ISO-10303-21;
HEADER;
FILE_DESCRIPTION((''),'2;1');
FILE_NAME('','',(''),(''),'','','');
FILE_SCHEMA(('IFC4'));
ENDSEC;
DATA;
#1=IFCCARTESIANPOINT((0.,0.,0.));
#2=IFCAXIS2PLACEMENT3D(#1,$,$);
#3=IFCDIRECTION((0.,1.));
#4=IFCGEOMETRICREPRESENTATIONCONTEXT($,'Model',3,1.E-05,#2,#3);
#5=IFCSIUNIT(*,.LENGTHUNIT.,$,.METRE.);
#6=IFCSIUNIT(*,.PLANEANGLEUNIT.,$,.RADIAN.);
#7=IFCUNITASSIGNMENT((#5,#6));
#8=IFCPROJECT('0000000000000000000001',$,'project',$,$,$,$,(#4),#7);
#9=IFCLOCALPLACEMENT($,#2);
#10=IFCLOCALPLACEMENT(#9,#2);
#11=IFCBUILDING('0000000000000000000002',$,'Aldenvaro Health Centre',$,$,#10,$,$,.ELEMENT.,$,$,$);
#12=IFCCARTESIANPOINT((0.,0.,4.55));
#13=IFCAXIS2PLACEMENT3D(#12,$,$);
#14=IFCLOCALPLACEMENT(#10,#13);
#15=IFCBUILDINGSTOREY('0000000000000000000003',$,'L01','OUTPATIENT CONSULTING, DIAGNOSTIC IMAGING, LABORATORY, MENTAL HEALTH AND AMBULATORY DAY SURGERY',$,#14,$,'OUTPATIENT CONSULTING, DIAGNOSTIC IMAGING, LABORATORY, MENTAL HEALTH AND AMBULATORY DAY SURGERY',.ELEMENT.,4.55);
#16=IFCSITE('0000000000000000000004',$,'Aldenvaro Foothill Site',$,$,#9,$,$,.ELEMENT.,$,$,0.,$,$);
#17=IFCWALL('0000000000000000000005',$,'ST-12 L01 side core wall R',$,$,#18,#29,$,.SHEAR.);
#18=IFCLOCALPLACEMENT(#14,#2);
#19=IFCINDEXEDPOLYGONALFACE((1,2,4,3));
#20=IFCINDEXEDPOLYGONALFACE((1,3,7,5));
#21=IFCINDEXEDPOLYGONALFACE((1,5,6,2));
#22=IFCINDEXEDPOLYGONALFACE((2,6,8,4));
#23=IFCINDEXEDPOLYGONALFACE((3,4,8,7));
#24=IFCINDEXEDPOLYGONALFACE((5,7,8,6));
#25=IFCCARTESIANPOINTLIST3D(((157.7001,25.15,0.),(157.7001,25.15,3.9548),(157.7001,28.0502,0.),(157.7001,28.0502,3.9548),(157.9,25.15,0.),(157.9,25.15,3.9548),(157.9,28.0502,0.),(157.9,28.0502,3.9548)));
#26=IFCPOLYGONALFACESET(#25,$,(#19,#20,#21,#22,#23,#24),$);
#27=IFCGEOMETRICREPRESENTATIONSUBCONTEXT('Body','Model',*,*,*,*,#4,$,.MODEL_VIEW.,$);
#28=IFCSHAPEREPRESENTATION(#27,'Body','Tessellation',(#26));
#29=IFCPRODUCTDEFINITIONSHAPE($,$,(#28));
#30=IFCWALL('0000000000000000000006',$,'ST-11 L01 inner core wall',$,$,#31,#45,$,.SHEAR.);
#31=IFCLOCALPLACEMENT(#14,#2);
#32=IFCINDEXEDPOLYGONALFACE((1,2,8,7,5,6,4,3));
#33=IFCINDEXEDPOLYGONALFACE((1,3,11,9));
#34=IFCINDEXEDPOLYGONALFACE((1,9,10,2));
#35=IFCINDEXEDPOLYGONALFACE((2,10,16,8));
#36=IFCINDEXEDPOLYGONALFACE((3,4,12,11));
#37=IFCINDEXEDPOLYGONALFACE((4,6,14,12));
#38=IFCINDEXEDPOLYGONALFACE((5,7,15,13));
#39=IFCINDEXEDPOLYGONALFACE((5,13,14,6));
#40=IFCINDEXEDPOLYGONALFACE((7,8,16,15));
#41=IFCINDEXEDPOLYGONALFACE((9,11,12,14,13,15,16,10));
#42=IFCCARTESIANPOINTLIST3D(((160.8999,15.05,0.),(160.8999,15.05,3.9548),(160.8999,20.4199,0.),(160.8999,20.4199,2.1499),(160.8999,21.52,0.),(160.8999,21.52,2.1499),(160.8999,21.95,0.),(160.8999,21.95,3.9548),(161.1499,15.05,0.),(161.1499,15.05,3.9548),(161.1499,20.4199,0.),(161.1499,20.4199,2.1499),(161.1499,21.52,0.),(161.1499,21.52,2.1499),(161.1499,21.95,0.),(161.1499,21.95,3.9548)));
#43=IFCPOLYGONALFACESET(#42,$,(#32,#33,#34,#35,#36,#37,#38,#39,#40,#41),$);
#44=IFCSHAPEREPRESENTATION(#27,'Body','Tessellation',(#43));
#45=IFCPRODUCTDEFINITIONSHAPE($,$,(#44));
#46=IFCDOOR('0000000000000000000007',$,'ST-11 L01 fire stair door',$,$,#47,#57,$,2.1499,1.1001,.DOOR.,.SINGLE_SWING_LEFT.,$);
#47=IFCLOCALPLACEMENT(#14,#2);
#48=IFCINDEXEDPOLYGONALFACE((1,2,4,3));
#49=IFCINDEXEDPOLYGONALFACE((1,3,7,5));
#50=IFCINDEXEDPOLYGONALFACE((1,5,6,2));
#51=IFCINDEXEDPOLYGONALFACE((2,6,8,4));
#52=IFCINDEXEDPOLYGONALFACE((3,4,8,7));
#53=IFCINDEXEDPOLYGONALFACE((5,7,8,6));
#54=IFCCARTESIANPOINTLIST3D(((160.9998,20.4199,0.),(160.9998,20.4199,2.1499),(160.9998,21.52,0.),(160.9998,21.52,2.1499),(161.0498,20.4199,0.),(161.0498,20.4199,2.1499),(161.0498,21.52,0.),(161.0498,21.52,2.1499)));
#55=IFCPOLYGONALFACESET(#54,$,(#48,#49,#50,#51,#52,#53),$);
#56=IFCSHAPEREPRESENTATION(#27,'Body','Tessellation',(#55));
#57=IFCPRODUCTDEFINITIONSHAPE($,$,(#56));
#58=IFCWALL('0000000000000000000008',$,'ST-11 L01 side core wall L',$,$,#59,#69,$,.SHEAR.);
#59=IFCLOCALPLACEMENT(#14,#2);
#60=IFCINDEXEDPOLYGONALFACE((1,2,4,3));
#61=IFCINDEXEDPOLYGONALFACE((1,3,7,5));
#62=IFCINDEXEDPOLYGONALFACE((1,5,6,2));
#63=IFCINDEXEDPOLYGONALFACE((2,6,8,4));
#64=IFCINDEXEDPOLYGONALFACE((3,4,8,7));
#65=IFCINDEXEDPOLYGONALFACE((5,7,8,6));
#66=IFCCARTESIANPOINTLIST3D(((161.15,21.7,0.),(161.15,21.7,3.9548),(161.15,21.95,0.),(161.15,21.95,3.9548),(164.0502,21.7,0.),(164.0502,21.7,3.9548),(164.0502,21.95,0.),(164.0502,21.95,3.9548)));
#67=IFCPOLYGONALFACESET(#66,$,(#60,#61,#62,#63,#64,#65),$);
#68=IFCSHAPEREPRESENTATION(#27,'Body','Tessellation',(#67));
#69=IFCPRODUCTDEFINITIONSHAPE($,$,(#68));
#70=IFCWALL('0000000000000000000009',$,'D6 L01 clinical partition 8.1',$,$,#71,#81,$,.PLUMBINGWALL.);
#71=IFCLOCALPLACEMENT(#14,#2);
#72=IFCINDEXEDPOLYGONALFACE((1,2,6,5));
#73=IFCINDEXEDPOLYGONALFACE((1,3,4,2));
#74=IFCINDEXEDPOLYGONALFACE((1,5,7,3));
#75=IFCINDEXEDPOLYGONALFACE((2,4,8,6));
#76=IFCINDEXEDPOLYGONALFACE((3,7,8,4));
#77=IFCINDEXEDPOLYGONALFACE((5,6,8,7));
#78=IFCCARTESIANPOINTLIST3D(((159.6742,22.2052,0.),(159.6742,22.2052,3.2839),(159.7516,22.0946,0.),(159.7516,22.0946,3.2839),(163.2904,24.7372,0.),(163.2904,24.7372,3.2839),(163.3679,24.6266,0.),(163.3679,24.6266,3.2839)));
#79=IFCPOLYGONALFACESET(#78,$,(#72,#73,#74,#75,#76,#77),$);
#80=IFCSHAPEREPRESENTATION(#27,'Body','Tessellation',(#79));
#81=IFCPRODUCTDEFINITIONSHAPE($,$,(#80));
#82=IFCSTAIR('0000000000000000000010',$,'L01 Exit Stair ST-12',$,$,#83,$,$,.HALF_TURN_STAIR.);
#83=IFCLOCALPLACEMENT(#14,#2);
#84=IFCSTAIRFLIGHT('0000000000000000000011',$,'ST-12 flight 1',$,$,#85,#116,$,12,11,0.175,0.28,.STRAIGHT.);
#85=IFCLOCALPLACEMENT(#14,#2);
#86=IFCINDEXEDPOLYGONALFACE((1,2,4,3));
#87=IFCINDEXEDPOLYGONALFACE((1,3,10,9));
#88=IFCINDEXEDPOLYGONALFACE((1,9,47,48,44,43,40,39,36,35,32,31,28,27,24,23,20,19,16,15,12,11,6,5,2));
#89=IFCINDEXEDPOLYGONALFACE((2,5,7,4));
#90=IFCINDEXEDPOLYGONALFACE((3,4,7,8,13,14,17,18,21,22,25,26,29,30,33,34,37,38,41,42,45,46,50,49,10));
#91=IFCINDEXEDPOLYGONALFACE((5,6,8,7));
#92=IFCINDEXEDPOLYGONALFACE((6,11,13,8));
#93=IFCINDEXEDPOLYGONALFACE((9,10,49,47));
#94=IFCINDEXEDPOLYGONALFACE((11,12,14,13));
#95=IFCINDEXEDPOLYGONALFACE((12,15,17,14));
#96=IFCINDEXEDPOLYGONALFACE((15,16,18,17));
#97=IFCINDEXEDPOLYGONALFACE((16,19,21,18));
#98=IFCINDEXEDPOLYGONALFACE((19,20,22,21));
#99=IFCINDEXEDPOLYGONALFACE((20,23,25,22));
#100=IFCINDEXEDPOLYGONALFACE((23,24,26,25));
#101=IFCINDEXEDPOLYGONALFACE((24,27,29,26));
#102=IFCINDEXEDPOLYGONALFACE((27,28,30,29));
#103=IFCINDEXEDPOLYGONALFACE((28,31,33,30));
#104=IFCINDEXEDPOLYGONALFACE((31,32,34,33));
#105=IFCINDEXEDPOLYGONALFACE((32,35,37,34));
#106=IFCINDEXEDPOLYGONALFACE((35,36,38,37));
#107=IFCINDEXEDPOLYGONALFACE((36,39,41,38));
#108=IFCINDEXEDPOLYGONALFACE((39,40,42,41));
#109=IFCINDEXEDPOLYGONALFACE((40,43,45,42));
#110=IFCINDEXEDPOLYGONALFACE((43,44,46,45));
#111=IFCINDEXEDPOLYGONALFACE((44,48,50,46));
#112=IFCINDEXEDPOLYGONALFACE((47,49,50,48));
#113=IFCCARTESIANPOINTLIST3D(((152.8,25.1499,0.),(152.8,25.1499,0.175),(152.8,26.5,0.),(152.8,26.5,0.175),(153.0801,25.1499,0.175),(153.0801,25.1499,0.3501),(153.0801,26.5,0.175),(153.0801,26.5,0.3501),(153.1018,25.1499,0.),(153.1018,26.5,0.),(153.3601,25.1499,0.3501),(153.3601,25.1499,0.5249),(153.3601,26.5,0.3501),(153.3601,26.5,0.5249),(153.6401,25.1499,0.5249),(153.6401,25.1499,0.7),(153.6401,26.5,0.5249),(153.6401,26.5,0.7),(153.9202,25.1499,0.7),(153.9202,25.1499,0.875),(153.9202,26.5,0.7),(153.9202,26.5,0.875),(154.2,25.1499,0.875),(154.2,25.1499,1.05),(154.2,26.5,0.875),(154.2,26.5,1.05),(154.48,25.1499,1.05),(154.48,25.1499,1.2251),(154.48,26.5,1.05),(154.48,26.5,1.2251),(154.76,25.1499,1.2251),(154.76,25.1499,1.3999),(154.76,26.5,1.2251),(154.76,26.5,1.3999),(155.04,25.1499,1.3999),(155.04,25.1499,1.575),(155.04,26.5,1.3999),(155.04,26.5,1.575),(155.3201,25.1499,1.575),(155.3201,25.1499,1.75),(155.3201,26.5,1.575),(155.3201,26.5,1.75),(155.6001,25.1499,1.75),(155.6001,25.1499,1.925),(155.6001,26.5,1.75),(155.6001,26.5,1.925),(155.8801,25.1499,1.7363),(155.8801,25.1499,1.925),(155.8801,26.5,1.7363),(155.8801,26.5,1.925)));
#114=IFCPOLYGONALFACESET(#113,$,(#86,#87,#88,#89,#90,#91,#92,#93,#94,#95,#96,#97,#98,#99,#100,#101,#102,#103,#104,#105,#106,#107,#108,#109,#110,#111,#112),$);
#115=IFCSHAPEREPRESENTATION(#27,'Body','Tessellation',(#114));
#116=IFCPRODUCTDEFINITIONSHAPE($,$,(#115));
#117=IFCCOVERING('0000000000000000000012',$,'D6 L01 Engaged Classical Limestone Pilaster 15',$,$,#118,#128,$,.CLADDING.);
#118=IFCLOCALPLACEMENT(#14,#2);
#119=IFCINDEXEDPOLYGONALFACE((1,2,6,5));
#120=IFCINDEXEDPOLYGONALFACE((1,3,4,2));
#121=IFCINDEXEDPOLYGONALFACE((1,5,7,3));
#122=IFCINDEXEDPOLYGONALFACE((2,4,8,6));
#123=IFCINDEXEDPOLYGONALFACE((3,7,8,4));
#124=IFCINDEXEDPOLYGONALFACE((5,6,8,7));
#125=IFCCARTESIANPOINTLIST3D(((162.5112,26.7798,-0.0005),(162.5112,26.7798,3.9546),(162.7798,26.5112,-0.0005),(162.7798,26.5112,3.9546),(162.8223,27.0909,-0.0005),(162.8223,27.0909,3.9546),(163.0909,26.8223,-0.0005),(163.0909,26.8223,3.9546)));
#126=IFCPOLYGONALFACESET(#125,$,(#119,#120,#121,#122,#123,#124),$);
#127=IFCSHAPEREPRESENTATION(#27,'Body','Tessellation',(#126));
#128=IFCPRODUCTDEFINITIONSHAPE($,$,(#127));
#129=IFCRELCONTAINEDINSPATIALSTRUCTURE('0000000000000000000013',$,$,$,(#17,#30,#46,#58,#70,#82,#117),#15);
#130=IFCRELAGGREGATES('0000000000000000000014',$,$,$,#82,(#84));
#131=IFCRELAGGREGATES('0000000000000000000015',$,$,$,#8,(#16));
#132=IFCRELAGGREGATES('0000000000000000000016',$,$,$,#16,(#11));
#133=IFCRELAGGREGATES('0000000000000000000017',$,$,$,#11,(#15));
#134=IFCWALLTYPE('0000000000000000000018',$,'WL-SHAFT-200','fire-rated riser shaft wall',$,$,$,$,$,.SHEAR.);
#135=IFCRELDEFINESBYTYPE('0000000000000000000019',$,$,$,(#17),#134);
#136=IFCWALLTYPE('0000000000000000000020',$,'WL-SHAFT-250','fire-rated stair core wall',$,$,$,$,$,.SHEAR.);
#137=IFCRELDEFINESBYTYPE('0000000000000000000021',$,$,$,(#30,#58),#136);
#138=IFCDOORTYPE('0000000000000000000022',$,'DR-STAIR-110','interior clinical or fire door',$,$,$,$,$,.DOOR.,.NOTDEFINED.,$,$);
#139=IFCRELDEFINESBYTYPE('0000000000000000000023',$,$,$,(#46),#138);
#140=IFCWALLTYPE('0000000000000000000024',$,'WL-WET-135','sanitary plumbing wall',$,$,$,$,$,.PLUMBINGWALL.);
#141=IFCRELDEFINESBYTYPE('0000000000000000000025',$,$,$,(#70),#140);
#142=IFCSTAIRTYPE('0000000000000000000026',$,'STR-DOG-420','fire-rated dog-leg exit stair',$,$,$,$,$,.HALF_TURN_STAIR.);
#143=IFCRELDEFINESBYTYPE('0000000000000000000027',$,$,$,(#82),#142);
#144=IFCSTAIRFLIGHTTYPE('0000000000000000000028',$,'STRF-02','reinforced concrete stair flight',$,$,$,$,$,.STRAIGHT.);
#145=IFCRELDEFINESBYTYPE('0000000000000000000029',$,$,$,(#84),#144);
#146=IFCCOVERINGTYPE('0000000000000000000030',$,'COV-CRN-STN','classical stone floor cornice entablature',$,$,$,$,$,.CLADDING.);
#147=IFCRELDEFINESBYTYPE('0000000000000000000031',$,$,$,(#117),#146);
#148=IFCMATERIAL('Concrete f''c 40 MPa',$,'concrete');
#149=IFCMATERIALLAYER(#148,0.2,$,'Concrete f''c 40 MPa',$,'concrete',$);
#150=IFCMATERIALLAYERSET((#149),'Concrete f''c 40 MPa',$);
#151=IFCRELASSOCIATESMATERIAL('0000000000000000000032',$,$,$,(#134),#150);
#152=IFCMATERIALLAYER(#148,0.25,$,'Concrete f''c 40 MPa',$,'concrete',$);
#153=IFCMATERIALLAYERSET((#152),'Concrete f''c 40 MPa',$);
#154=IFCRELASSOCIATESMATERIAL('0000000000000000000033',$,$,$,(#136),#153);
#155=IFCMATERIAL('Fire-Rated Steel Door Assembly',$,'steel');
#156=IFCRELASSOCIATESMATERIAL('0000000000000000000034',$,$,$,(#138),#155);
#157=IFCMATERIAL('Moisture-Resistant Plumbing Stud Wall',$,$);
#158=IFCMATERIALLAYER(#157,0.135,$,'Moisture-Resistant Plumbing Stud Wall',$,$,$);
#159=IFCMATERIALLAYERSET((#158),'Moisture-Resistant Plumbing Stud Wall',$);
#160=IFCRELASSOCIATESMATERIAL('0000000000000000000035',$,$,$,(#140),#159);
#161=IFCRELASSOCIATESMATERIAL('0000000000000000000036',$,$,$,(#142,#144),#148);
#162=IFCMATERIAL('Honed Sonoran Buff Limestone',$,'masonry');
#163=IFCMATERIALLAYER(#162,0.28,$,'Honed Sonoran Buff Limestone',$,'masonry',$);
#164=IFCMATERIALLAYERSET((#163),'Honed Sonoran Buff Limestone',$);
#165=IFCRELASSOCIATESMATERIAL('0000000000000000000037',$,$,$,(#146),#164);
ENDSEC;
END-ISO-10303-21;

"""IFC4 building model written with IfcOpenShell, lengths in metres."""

from ifc_helpers import new_model, si_unit, direction, frame, frame_2d, origin, origin_2d, place, context, subcontext, project, spatial, polyline, rectangle, outline, extrude, material, layer, layer_set, type_object, element, fill, aggregate, save


model = new_model("IFC4")

# Units and contexts
model_context = context("Model", 3, precision=1e-05, world=origin(), true_north=direction((0.0, 1.0)))
body_context = subcontext(model_context, "Body", "Model", "MODEL_VIEW")
ifc_project = project(units=[si_unit("LENGTHUNIT", "METRE"), si_unit("PLANEANGLEUNIT", "RADIAN")], contexts=[model_context])

# Site, building, storey
site_placement = place(None, origin())
site = spatial("IfcSite", under=ifc_project, at=site_placement, Name="Aldenvaro Foothill Site", CompositionType="ELEMENT", RefElevation=0.0)
building_placement = place(site_placement, origin())
building = spatial("IfcBuilding", under=site, at=building_placement, Name="Aldenvaro Health Centre", CompositionType="ELEMENT")
storey_placement = place(building_placement, frame((0.0, 0.0, 4.55)))
storey = spatial("IfcBuildingStorey", under=building, at=storey_placement, Name="L01", Description="OUTPATIENT CONSULTING, DIAGNOSTIC IMAGING, LABORATORY, MENTAL HEALTH AND AMBULATORY DAY SURGERY", LongName="OUTPATIENT CONSULTING, DIAGNOSTIC IMAGING, LABORATORY, MENTAL HEALTH AND AMBULATORY DAY SURGERY", CompositionType="ELEMENT", Elevation=4.55)

# Wall
ifc_material_1 = material(Name="Concrete f'c 40 MPa", Category="concrete")
ifc_layer_1 = layer(ifc_material_1, 0.2, Name="Concrete f'c 40 MPa", Category="concrete")
ifc_layer_set_1 = layer_set([ifc_layer_1], Name="Concrete f'c 40 MPa")
wall_type_1 = type_object("IfcWallType", Name="WL-SHAFT-200", Description="fire-rated riser shaft wall", PredefinedType="SHEAR", material=ifc_layer_set_1)
wall_1_placement = place(storey_placement, frame((157.8, 25.1499, 0.0), z_axis=(0.0, 0.0, 1.0), x_axis=(0.0, 1.0, 0.0)))
element("IfcWall", 1, at=wall_1_placement, inside=storey, type_object=wall_type_1, Name="ST-12 L01 side core wall R", PredefinedType="SHEAR", context=body_context, shape_type="SweptSolid", body=[
    extrude(rectangle(XDim=2.9001, YDim=0.2, at=frame_2d((1.4502, 0.0))), origin(), (0.0, 0.0, 1.0), 3.9548),
])

# Wall, opening, door
ifc_layer_2 = layer(ifc_material_1, 0.25, Name="Concrete f'c 40 MPa", Category="concrete")
ifc_layer_set_2 = layer_set([ifc_layer_2], Name="Concrete f'c 40 MPa")
wall_type_2 = type_object("IfcWallType", Name="WL-SHAFT-250", Description="fire-rated stair core wall", PredefinedType="SHEAR", material=ifc_layer_set_2)
wall_2_placement = place(storey_placement, frame((161.0249, 21.95, 0.0), z_axis=(0.0, 0.0, 1.0), x_axis=(0.0, -1.0, 0.0)))
wall_2 = element("IfcWall", 2, at=wall_2_placement, inside=storey, type_object=wall_type_2, Name="ST-11 L01 inner core wall", PredefinedType="SHEAR", context=body_context, shape_type="SweptSolid", body=[
    extrude(rectangle(XDim=6.8999, YDim=0.25, at=frame_2d((3.45, 0.0))), origin(), (0.0, 0.0, 1.0), 3.9548),
])
opening_1_placement = place(wall_2_placement, frame((0.4299, 0.0, 0.0)))
opening_1 = element("IfcOpeningElement", 3, at=opening_1_placement, cuts=wall_2, PredefinedType="OPENING", context=body_context, shape_type="SweptSolid", body=[
    extrude(rectangle(XDim=1.1001, YDim=2.1499, at=frame_2d((0.55, 1.075))), frame((0.0, 0.135, 0.0), z_axis=(0.0, -1.0, 0.0), x_axis=(1.0, 0.0, 0.0)), (0.0, 0.0, 1.0), 0.27),
])
ifc_material_2 = material(Name="Fire-Rated Steel Door Assembly", Category="steel")
door_type_1 = type_object("IfcDoorType", Name="DR-STAIR-110", Description="interior clinical or fire door", OperationType="NOTDEFINED", PredefinedType="DOOR", material=ifc_material_2)
door_1_placement = place(opening_1_placement, origin())
door_1 = element("IfcDoor", 4, at=door_1_placement, inside=storey, type_object=door_type_1, Name="ST-11 L01 fire stair door", OperationType="SINGLE_SWING_LEFT", OverallHeight=2.1499, OverallWidth=1.1001, PredefinedType="DOOR", context=body_context, shape_type="SweptSolid", body=[
    extrude(rectangle(XDim=1.1001, YDim=2.1499, at=frame_2d((0.55, 1.075))), frame((0.0, 0.0249, 0.0), z_axis=(0.0, -1.0, 0.0), x_axis=(1.0, 0.0, 0.0)), (0.0, 0.0, 1.0), 0.05),
])
fill(opening_1, door_1)

# Walls
wall_3_placement = place(storey_placement, frame((161.1499, 21.825, 0.0), z_axis=(0.0, 0.0, 1.0), x_axis=(1.0, 0.0, 0.0)))
element("IfcWall", 5, at=wall_3_placement, inside=storey, type_object=wall_type_2, Name="ST-11 L01 side core wall L", PredefinedType="SHEAR", context=body_context, shape_type="SweptSolid", body=[
    extrude(rectangle(XDim=2.9001, YDim=0.25, at=frame_2d((1.4502, 0.0))), origin(), (0.0, 0.0, 1.0), 3.9548),
])
ifc_material_3 = material(Name="Moisture-Resistant Plumbing Stud Wall")
ifc_layer_3 = layer(ifc_material_3, 0.135, Name="Moisture-Resistant Plumbing Stud Wall")
ifc_layer_set_3 = layer_set([ifc_layer_3], Name="Moisture-Resistant Plumbing Stud Wall")
wall_type_3 = type_object("IfcWallType", Name="WL-WET-135", Description="sanitary plumbing wall", PredefinedType="PLUMBINGWALL", material=ifc_layer_set_3)
wall_4_placement = place(storey_placement, frame((159.7129, 22.1499, 0.0), z_axis=(0.0, 0.0, 1.0), x_axis=(0.819164, 0.573559, 0.0)))
element("IfcWall", 6, at=wall_4_placement, inside=storey, type_object=wall_type_3, Name="D6 L01 clinical partition 8.1", PredefinedType="PLUMBINGWALL", context=body_context, shape_type="SweptSolid", body=[
    extrude(rectangle(XDim=4.4146, YDim=0.135, at=frame_2d((2.2073, 0.0))), origin(), (0.0, 0.0, 1.0), 3.2839),
])

# Stair, stair flight
stair_type = type_object("IfcStairType", Name="STR-DOG-420", Description="fire-rated dog-leg exit stair", PredefinedType="HALF_TURN_STAIR", material=ifc_material_1)
stair_placement = place(storey_placement, origin())
stair = element("IfcStair", 7, at=stair_placement, inside=storey, type_object=stair_type, Name="L01 Exit Stair ST-12", PredefinedType="HALF_TURN_STAIR")
stair_flight_type = type_object("IfcStairFlightType", Name="STRF-02", Description="reinforced concrete stair flight", PredefinedType="STRAIGHT", material=ifc_material_1)
stair_flight_placement = place(storey_placement, frame((152.8, 25.825, 0.0), z_axis=(0.0, 0.0, 1.0), x_axis=(1.0, 0.0, 0.0)))
stair_flight = element("IfcStairFlight", 8, at=stair_flight_placement, type_object=stair_flight_type, Name="ST-12 flight 1", NumberOfRisers=12, NumberOfTreads=11, PredefinedType="STRAIGHT", RiserHeight=0.175, TreadLength=0.28, context=body_context, shape_type="SweptSolid", body=[
    extrude(outline(polyline([(0.0, 0.0), (0.0, 0.175), (0.28, 0.175), (0.28, 0.3501), (0.5601, 0.3501), (0.5601, 0.5249), (0.8401, 0.5249), (0.8401, 0.7), (1.1201, 0.7), (1.1201, 0.875), (1.3999, 0.875), (1.3999, 1.05), (1.6799, 1.05), (1.6799, 1.2251), (1.96, 1.2251), (1.96, 1.3999), (2.24, 1.3999), (2.24, 1.575), (2.52, 1.575), (2.52, 1.75), (2.8, 1.75), (2.8, 1.925), (3.0801, 1.925), (3.0801, 2.1001), (3.0801, 1.7363), (0.3018, 0.0), (0.0, 0.0)])), frame((0.0, 0.675, 0.0), z_axis=(0.0, -1.0, 0.0), x_axis=(1.0, 0.0, 0.0)), (0.0, 0.0, 1.0), 1.3501),
])
aggregate(stair, [stair_flight])

# Covering
ifc_material_4 = material(Name="Honed Sonoran Buff Limestone", Category="masonry")
ifc_layer_4 = layer(ifc_material_4, 0.28, Name="Honed Sonoran Buff Limestone", Category="masonry")
ifc_layer_set_4 = layer_set([ifc_layer_4], Name="Honed Sonoran Buff Limestone")
covering_type = type_object("IfcCoveringType", Name="COV-CRN-STN", Description="classical stone floor cornice entablature", PredefinedType="CLADDING", material=ifc_layer_set_4)
covering_placement = place(storey_placement, frame((162.801, 26.801, -0.0005), z_axis=(0.0, 0.0, 1.0), x_axis=(0.707107, 0.707107, 0.0)))
element("IfcCovering", 9, at=covering_placement, inside=storey, type_object=covering_type, Name="D6 L01 Engaged Classical Limestone Pilaster 15", PredefinedType="CLADDING", context=body_context, shape_type="SweptSolid", body=[
    extrude(rectangle(XDim=0.4399, YDim=0.3799, at=origin_2d()), origin(), (0.0, 0.0, 1.0), 3.9551),
])

save(model, "model.ifc")
